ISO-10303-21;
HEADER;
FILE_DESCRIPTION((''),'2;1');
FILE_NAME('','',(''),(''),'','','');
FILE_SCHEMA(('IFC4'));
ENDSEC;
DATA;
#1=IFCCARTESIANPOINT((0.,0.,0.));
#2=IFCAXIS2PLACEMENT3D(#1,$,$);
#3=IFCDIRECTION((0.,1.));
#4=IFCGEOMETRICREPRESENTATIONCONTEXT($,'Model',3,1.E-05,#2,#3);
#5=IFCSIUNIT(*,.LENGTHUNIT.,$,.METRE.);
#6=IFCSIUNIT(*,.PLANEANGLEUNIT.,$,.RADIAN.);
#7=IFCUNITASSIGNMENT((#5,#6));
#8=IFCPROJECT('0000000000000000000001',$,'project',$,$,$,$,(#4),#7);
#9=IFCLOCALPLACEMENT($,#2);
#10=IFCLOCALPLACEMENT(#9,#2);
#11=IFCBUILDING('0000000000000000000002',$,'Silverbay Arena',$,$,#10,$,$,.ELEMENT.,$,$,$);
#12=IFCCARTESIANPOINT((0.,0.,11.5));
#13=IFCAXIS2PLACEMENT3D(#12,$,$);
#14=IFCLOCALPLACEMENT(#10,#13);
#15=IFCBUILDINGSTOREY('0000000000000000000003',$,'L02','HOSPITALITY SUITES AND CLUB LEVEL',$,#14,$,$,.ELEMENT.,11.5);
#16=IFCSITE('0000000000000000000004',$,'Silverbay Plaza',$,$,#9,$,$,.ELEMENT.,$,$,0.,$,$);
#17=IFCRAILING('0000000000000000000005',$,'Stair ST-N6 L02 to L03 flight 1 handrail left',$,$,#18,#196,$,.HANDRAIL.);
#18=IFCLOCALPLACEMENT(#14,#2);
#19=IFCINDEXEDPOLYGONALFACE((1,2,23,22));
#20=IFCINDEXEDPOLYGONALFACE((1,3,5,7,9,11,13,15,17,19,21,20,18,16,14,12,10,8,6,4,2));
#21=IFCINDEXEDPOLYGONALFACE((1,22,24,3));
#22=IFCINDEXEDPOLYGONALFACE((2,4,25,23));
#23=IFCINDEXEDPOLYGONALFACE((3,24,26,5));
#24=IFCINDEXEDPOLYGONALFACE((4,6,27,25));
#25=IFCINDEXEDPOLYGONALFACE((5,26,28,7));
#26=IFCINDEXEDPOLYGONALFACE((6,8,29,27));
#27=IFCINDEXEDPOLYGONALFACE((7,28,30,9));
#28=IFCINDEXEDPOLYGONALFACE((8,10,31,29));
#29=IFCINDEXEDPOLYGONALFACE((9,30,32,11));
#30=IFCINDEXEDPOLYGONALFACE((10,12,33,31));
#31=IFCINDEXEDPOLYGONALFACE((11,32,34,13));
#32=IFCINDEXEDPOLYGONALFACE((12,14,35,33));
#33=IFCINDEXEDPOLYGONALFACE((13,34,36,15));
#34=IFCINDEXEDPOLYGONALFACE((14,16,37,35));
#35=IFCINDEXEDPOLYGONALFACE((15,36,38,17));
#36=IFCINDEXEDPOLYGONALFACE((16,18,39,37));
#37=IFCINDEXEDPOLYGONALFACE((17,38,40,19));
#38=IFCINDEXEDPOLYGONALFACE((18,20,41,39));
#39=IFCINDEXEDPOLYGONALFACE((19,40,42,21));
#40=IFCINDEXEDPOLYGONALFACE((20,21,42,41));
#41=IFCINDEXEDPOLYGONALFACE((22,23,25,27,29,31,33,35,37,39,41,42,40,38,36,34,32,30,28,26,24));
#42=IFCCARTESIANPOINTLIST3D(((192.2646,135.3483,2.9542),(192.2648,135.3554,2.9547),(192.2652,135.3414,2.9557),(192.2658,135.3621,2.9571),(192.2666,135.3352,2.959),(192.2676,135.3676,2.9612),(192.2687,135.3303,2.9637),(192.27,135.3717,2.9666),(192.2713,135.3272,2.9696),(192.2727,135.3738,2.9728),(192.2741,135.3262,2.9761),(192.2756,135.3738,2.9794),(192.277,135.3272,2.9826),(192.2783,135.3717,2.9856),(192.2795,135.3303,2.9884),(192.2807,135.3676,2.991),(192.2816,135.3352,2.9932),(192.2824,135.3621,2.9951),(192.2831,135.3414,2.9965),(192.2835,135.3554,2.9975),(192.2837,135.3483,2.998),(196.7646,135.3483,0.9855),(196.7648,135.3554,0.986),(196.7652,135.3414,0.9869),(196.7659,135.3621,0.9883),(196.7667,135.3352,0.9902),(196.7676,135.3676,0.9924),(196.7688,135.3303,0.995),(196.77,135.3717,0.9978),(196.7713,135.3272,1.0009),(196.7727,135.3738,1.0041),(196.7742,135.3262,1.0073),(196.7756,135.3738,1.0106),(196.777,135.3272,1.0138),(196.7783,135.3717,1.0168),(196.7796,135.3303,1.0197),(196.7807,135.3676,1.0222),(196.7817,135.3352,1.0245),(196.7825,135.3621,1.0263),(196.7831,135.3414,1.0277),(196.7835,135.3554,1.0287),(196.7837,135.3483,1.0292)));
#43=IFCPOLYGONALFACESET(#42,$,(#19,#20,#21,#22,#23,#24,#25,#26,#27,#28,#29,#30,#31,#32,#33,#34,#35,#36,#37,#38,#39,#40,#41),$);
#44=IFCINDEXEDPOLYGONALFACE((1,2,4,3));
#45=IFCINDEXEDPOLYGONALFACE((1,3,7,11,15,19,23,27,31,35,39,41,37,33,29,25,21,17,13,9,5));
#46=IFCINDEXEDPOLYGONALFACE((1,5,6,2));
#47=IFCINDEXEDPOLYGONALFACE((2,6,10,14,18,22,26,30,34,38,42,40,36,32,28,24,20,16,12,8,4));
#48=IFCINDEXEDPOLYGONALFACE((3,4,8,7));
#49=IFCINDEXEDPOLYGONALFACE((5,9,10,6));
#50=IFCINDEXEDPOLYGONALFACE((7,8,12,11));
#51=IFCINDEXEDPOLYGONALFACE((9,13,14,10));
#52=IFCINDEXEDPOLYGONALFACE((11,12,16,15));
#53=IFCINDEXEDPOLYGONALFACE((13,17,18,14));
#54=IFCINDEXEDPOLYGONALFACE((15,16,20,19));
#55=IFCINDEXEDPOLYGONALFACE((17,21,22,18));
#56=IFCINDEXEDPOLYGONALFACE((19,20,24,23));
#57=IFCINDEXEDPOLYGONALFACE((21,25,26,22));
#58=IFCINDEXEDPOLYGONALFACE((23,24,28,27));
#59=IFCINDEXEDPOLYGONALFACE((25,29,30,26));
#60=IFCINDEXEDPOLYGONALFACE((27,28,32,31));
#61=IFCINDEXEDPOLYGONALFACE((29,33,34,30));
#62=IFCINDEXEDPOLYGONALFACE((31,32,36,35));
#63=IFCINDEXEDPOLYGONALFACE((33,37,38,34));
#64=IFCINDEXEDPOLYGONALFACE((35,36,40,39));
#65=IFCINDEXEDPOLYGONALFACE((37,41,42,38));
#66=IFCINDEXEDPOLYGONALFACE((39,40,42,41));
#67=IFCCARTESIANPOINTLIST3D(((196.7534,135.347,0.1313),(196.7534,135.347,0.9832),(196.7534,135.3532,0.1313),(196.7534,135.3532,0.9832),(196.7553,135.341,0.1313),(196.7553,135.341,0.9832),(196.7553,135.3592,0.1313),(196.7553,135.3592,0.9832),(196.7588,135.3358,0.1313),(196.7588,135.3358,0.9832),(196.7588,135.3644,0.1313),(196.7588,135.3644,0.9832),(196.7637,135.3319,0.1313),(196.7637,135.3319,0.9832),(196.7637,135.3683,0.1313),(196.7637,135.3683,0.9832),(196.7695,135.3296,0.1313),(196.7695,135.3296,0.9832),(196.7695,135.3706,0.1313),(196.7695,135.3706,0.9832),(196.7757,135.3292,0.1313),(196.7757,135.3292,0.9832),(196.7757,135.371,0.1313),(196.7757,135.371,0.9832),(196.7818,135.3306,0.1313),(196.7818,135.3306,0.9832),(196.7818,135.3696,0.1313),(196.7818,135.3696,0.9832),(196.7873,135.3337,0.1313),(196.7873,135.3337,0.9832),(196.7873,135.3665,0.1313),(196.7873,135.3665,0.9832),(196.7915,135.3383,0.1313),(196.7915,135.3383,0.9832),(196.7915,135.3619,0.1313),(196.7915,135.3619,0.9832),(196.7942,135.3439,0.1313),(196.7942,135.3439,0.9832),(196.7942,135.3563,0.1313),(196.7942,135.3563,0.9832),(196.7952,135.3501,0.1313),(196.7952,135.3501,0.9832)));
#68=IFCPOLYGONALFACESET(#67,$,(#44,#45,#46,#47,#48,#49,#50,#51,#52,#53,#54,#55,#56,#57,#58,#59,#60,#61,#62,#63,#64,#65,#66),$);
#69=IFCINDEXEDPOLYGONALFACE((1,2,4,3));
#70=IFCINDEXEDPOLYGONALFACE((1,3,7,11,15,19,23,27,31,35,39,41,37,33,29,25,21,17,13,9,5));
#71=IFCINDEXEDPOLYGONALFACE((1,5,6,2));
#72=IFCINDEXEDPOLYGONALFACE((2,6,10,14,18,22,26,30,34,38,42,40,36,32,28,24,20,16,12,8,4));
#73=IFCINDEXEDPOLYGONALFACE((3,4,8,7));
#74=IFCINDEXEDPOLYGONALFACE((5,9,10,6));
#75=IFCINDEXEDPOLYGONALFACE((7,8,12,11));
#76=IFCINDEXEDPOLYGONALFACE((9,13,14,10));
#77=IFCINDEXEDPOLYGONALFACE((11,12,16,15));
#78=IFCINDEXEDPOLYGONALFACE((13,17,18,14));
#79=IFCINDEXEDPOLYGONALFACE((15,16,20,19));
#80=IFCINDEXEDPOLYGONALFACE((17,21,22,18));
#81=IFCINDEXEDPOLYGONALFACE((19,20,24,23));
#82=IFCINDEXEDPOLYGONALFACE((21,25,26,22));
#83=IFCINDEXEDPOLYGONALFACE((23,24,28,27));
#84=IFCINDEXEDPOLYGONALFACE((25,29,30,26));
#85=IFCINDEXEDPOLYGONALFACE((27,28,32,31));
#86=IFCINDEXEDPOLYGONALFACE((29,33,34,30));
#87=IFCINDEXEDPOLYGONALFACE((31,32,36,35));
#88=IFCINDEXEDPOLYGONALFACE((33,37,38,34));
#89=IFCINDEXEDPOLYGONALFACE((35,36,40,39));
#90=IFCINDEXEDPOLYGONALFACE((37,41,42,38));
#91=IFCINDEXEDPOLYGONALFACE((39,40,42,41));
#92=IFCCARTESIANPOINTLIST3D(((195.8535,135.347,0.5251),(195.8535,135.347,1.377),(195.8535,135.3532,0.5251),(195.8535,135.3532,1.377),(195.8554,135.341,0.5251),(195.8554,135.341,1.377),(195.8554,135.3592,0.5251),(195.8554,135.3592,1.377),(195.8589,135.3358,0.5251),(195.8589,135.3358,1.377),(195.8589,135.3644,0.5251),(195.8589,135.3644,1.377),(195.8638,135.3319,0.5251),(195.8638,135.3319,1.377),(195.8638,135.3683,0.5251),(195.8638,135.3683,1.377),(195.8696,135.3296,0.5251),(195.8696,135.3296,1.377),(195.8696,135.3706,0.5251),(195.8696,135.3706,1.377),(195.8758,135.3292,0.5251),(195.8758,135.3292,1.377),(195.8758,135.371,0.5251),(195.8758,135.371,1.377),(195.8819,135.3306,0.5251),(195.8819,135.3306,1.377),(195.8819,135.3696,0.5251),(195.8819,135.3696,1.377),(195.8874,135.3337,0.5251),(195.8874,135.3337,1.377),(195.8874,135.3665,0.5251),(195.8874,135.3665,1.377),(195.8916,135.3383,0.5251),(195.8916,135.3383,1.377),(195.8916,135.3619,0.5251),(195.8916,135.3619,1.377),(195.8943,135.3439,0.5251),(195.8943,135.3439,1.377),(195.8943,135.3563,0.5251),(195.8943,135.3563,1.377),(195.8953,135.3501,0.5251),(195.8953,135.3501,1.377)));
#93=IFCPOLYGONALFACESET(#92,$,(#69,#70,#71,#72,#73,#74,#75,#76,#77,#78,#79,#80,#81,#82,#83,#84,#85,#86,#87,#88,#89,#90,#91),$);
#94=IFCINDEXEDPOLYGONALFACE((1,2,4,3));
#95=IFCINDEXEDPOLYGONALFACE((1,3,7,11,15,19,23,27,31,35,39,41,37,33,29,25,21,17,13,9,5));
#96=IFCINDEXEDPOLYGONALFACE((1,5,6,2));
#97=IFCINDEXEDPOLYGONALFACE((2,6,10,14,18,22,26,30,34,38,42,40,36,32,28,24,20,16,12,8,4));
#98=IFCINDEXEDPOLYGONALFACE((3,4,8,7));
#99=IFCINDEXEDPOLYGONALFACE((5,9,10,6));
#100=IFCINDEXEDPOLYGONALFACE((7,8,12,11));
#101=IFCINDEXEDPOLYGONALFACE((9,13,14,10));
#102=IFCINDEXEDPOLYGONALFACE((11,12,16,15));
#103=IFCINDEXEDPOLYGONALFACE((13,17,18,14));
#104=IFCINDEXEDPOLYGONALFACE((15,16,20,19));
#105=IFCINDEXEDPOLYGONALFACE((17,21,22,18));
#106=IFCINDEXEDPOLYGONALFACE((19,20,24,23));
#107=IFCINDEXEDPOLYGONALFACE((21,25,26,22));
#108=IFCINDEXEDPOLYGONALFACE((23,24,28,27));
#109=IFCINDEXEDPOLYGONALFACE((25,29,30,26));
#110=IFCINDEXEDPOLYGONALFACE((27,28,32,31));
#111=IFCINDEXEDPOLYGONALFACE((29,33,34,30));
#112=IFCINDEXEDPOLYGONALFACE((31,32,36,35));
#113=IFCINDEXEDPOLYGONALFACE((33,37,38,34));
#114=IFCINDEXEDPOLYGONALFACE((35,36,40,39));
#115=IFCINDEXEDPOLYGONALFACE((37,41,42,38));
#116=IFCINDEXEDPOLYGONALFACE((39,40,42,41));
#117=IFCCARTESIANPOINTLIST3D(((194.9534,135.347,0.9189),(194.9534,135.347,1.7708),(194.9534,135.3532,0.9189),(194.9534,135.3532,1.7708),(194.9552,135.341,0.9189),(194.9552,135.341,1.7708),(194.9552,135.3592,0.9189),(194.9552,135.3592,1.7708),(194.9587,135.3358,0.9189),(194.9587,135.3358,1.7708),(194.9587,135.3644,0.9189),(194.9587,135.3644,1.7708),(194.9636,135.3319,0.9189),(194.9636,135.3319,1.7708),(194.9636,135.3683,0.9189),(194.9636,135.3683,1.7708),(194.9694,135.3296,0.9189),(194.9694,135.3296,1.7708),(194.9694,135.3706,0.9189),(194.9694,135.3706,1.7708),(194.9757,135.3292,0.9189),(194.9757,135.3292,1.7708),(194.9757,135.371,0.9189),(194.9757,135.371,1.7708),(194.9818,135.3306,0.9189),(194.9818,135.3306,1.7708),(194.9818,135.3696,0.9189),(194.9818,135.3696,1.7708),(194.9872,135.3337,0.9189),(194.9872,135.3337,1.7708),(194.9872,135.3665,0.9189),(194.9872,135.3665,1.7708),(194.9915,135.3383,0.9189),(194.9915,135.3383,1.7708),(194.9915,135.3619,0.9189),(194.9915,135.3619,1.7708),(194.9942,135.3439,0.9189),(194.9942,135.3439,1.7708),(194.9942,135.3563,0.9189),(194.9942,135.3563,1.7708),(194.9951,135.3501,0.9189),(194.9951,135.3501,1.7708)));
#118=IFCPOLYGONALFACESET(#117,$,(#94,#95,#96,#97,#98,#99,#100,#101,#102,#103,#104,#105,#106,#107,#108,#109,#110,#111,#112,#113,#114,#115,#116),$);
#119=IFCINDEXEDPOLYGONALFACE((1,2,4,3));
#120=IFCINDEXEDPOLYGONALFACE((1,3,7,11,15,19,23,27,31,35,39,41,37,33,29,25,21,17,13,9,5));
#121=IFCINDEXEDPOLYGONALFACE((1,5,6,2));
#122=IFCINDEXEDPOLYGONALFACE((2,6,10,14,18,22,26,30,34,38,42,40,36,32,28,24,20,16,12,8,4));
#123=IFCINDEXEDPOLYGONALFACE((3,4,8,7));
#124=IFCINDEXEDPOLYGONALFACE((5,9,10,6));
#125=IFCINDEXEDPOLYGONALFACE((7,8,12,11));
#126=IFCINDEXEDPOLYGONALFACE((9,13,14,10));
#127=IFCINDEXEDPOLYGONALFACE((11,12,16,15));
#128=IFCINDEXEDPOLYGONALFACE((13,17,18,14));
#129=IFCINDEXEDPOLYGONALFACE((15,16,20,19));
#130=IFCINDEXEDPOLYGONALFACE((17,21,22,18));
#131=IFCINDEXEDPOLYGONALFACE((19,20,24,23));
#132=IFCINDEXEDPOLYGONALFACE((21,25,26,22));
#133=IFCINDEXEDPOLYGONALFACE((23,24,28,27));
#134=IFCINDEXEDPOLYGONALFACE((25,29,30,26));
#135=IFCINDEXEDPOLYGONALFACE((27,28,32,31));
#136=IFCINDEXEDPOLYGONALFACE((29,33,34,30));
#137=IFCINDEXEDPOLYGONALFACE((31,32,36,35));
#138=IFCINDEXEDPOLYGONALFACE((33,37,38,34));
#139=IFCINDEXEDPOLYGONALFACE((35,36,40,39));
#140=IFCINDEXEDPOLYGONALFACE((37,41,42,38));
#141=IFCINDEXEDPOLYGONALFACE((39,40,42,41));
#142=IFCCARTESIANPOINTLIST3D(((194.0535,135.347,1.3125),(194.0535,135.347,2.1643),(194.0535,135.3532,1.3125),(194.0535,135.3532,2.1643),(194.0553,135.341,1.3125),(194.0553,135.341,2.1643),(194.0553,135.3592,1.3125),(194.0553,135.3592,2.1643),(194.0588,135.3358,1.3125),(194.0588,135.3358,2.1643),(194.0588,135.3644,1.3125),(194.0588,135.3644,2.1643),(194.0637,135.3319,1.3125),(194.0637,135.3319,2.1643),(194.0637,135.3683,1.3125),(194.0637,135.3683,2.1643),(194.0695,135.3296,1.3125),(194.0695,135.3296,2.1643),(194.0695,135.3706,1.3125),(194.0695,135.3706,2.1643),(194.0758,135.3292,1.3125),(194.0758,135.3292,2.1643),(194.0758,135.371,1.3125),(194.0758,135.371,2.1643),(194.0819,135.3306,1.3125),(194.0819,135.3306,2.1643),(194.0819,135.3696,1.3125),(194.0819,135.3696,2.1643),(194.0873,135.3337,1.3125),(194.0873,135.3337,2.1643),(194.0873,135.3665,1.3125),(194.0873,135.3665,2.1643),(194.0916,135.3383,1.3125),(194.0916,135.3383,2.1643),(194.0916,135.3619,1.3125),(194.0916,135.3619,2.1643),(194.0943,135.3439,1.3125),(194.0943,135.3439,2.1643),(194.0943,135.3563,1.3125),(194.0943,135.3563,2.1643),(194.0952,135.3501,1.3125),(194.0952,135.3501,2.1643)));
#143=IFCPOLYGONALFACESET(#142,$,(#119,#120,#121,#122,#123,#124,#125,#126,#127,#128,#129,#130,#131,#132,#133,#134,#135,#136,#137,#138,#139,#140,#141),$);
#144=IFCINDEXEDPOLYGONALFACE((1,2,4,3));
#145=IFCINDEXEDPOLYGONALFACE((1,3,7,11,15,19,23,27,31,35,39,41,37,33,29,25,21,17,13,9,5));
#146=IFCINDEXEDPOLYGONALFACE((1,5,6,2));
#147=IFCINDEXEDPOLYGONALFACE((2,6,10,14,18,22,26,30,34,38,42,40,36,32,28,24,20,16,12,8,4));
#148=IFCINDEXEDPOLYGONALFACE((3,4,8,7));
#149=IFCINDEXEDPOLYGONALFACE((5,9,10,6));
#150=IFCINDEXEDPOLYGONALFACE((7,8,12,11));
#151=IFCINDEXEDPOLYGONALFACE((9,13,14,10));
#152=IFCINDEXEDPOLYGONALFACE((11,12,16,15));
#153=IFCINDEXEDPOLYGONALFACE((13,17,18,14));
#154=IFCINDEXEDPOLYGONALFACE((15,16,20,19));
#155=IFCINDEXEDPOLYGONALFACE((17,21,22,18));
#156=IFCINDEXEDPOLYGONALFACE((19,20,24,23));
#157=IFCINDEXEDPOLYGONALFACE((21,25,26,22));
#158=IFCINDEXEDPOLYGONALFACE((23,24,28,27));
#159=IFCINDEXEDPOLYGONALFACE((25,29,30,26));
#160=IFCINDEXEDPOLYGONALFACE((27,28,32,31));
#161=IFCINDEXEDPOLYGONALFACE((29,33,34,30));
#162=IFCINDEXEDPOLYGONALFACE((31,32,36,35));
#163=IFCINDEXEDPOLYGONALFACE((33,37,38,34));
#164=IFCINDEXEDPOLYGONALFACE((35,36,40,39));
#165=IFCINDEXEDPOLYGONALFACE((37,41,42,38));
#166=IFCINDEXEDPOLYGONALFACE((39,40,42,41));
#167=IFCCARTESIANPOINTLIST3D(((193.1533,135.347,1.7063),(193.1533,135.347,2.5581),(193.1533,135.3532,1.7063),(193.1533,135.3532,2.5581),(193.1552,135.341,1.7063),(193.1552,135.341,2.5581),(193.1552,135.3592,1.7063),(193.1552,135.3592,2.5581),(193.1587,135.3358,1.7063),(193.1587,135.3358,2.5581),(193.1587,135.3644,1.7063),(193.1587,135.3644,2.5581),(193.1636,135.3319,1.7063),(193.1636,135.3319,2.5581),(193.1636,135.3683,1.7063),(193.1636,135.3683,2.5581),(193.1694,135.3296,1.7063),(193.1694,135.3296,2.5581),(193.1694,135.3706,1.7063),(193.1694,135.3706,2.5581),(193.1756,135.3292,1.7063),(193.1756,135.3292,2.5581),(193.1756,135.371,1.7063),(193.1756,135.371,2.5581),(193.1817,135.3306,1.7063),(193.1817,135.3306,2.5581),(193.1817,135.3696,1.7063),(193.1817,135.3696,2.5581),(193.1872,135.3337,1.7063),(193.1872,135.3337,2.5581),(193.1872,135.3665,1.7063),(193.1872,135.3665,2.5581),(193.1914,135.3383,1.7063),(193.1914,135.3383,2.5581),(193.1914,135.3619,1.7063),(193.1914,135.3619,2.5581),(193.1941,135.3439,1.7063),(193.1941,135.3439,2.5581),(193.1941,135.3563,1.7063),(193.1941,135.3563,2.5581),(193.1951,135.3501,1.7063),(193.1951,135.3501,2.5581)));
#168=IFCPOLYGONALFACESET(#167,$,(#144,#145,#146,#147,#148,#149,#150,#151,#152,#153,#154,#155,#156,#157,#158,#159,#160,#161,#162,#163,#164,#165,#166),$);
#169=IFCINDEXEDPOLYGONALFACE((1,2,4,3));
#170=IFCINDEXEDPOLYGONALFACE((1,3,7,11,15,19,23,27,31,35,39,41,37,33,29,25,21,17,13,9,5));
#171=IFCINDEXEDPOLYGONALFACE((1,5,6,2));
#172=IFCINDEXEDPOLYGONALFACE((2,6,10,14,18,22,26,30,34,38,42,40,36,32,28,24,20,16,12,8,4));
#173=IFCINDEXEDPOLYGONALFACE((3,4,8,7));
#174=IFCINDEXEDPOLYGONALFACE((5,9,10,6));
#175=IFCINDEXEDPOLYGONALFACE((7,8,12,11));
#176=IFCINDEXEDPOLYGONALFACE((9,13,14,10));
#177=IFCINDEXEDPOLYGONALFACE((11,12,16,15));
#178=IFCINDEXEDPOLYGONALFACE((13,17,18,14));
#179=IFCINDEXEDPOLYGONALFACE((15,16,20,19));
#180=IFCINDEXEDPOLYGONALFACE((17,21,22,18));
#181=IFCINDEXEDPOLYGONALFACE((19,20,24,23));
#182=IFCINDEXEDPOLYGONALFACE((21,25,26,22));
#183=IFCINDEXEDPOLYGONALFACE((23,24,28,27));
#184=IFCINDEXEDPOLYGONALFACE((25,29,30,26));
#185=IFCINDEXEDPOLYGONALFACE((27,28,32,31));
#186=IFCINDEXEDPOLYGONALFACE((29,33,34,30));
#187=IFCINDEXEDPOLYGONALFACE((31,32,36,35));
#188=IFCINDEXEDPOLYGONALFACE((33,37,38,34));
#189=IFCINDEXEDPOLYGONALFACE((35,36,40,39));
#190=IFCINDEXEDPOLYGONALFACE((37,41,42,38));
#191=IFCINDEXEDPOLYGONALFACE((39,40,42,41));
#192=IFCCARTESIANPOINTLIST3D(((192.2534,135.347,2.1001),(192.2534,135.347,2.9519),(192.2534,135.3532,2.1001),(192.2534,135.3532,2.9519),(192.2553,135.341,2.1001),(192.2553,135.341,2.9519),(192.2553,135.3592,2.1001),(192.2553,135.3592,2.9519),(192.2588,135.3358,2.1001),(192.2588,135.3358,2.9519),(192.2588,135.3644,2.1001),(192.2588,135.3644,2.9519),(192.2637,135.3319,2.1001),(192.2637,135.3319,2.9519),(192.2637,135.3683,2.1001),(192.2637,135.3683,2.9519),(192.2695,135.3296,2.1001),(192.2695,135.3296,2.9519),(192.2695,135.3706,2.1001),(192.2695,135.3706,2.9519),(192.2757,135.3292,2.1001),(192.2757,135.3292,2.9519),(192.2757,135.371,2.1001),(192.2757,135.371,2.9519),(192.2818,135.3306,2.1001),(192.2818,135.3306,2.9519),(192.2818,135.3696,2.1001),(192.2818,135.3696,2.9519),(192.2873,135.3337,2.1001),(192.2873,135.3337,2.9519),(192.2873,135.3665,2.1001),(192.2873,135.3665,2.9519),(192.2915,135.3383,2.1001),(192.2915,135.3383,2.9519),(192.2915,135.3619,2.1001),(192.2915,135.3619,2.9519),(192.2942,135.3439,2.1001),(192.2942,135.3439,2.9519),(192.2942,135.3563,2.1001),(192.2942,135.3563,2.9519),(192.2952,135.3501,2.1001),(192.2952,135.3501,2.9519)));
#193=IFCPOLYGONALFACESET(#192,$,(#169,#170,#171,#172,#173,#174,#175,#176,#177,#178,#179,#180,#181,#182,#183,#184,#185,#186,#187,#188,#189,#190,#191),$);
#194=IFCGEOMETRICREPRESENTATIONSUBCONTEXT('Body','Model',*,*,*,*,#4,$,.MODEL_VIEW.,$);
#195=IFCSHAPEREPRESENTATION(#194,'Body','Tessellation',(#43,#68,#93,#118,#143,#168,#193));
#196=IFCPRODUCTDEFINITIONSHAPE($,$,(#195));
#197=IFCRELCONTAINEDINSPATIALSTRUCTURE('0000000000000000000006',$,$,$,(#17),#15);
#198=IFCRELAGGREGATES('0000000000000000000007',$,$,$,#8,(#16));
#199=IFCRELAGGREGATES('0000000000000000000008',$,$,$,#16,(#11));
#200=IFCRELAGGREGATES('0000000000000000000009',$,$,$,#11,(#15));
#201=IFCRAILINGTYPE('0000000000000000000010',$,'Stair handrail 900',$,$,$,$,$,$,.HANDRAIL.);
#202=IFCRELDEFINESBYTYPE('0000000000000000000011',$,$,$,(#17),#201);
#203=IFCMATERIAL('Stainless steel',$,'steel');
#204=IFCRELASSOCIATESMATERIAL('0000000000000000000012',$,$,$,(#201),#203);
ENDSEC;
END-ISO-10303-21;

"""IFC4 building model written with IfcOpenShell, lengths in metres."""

from ifc_helpers import new_model, si_unit, direction, frame, origin, origin_2d, place, context, subcontext, project, spatial, circle, extrude, material, type_object, element, save


model = new_model("IFC4")

# Units and contexts
model_context = context("Model", 3, precision=1e-05, world=origin(), true_north=direction((0.0, 1.0)))
body_context = subcontext(model_context, "Body", "Model", "MODEL_VIEW")
ifc_project = project(units=[si_unit("LENGTHUNIT", "METRE"), si_unit("PLANEANGLEUNIT", "RADIAN")], contexts=[model_context])

# Site, building, storey
site_placement = place(None, origin())
site = spatial("IfcSite", under=ifc_project, at=site_placement, Name="Silverbay Plaza", CompositionType="ELEMENT", RefElevation=0.0)
building_placement = place(site_placement, origin())
building = spatial("IfcBuilding", under=site, at=building_placement, Name="Silverbay Arena", CompositionType="ELEMENT")
storey_placement = place(building_placement, frame((0.0, 0.0, 11.5)))
storey = spatial("IfcBuildingStorey", under=building, at=storey_placement, Name="L02", Description="HOSPITALITY SUITES AND CLUB LEVEL", CompositionType="ELEMENT", Elevation=11.5)

# Railing
ifc_material_1 = material(Name="Stainless steel", Category="steel")
railing_type_1 = type_object("IfcRailingType", Name="Stair handrail 900", PredefinedType="HANDRAIL", material=ifc_material_1)
for number, where, name in (
    (1, (196.7742, 135.3501, 0.1313), "Stair ST-N6 L02 to L03 flight 1 handrail left"),
):
    element("IfcRailing", number, at=place(storey_placement, frame(where)), inside=storey, type_object=railing_type_1, Name=name, PredefinedType="HANDRAIL", context=body_context, shape_type="SweptSolid", body=[
        extrude(circle(Radius=0.0239, at=origin_2d()), frame((0.0, 0.0, 0.876), z_axis=(-0.916157, 0.0, 0.400819), x_axis=(0.0, -1.0, 0.0)), (0.0, 0.0, 1.0), 4.9119),
        extrude(circle(Radius=0.021, at=origin_2d()), origin(), (0.0, 0.0, 1.0), 0.8518),
        extrude(circle(Radius=0.021, at=origin_2d()), frame((-0.8999, 0.0, 0.3938)), (0.0, 0.0, 1.0), 0.8518),
        extrude(circle(Radius=0.021, at=origin_2d()), frame((-1.8, 0.0, 0.7876)), (0.0, 0.0, 1.0), 0.8518),
        extrude(circle(Radius=0.021, at=origin_2d()), frame((-2.7, 0.0, 1.1812)), (0.0, 0.0, 1.0), 0.8518),
        extrude(circle(Radius=0.021, at=origin_2d()), frame((-3.6001, 0.0, 1.575)), (0.0, 0.0, 1.0), 0.8518),
        extrude(circle(Radius=0.021, at=origin_2d()), frame((-4.5, 0.0, 1.9688)), (0.0, 0.0, 1.0), 0.8518),
    ])

save(model, "model.ifc")
